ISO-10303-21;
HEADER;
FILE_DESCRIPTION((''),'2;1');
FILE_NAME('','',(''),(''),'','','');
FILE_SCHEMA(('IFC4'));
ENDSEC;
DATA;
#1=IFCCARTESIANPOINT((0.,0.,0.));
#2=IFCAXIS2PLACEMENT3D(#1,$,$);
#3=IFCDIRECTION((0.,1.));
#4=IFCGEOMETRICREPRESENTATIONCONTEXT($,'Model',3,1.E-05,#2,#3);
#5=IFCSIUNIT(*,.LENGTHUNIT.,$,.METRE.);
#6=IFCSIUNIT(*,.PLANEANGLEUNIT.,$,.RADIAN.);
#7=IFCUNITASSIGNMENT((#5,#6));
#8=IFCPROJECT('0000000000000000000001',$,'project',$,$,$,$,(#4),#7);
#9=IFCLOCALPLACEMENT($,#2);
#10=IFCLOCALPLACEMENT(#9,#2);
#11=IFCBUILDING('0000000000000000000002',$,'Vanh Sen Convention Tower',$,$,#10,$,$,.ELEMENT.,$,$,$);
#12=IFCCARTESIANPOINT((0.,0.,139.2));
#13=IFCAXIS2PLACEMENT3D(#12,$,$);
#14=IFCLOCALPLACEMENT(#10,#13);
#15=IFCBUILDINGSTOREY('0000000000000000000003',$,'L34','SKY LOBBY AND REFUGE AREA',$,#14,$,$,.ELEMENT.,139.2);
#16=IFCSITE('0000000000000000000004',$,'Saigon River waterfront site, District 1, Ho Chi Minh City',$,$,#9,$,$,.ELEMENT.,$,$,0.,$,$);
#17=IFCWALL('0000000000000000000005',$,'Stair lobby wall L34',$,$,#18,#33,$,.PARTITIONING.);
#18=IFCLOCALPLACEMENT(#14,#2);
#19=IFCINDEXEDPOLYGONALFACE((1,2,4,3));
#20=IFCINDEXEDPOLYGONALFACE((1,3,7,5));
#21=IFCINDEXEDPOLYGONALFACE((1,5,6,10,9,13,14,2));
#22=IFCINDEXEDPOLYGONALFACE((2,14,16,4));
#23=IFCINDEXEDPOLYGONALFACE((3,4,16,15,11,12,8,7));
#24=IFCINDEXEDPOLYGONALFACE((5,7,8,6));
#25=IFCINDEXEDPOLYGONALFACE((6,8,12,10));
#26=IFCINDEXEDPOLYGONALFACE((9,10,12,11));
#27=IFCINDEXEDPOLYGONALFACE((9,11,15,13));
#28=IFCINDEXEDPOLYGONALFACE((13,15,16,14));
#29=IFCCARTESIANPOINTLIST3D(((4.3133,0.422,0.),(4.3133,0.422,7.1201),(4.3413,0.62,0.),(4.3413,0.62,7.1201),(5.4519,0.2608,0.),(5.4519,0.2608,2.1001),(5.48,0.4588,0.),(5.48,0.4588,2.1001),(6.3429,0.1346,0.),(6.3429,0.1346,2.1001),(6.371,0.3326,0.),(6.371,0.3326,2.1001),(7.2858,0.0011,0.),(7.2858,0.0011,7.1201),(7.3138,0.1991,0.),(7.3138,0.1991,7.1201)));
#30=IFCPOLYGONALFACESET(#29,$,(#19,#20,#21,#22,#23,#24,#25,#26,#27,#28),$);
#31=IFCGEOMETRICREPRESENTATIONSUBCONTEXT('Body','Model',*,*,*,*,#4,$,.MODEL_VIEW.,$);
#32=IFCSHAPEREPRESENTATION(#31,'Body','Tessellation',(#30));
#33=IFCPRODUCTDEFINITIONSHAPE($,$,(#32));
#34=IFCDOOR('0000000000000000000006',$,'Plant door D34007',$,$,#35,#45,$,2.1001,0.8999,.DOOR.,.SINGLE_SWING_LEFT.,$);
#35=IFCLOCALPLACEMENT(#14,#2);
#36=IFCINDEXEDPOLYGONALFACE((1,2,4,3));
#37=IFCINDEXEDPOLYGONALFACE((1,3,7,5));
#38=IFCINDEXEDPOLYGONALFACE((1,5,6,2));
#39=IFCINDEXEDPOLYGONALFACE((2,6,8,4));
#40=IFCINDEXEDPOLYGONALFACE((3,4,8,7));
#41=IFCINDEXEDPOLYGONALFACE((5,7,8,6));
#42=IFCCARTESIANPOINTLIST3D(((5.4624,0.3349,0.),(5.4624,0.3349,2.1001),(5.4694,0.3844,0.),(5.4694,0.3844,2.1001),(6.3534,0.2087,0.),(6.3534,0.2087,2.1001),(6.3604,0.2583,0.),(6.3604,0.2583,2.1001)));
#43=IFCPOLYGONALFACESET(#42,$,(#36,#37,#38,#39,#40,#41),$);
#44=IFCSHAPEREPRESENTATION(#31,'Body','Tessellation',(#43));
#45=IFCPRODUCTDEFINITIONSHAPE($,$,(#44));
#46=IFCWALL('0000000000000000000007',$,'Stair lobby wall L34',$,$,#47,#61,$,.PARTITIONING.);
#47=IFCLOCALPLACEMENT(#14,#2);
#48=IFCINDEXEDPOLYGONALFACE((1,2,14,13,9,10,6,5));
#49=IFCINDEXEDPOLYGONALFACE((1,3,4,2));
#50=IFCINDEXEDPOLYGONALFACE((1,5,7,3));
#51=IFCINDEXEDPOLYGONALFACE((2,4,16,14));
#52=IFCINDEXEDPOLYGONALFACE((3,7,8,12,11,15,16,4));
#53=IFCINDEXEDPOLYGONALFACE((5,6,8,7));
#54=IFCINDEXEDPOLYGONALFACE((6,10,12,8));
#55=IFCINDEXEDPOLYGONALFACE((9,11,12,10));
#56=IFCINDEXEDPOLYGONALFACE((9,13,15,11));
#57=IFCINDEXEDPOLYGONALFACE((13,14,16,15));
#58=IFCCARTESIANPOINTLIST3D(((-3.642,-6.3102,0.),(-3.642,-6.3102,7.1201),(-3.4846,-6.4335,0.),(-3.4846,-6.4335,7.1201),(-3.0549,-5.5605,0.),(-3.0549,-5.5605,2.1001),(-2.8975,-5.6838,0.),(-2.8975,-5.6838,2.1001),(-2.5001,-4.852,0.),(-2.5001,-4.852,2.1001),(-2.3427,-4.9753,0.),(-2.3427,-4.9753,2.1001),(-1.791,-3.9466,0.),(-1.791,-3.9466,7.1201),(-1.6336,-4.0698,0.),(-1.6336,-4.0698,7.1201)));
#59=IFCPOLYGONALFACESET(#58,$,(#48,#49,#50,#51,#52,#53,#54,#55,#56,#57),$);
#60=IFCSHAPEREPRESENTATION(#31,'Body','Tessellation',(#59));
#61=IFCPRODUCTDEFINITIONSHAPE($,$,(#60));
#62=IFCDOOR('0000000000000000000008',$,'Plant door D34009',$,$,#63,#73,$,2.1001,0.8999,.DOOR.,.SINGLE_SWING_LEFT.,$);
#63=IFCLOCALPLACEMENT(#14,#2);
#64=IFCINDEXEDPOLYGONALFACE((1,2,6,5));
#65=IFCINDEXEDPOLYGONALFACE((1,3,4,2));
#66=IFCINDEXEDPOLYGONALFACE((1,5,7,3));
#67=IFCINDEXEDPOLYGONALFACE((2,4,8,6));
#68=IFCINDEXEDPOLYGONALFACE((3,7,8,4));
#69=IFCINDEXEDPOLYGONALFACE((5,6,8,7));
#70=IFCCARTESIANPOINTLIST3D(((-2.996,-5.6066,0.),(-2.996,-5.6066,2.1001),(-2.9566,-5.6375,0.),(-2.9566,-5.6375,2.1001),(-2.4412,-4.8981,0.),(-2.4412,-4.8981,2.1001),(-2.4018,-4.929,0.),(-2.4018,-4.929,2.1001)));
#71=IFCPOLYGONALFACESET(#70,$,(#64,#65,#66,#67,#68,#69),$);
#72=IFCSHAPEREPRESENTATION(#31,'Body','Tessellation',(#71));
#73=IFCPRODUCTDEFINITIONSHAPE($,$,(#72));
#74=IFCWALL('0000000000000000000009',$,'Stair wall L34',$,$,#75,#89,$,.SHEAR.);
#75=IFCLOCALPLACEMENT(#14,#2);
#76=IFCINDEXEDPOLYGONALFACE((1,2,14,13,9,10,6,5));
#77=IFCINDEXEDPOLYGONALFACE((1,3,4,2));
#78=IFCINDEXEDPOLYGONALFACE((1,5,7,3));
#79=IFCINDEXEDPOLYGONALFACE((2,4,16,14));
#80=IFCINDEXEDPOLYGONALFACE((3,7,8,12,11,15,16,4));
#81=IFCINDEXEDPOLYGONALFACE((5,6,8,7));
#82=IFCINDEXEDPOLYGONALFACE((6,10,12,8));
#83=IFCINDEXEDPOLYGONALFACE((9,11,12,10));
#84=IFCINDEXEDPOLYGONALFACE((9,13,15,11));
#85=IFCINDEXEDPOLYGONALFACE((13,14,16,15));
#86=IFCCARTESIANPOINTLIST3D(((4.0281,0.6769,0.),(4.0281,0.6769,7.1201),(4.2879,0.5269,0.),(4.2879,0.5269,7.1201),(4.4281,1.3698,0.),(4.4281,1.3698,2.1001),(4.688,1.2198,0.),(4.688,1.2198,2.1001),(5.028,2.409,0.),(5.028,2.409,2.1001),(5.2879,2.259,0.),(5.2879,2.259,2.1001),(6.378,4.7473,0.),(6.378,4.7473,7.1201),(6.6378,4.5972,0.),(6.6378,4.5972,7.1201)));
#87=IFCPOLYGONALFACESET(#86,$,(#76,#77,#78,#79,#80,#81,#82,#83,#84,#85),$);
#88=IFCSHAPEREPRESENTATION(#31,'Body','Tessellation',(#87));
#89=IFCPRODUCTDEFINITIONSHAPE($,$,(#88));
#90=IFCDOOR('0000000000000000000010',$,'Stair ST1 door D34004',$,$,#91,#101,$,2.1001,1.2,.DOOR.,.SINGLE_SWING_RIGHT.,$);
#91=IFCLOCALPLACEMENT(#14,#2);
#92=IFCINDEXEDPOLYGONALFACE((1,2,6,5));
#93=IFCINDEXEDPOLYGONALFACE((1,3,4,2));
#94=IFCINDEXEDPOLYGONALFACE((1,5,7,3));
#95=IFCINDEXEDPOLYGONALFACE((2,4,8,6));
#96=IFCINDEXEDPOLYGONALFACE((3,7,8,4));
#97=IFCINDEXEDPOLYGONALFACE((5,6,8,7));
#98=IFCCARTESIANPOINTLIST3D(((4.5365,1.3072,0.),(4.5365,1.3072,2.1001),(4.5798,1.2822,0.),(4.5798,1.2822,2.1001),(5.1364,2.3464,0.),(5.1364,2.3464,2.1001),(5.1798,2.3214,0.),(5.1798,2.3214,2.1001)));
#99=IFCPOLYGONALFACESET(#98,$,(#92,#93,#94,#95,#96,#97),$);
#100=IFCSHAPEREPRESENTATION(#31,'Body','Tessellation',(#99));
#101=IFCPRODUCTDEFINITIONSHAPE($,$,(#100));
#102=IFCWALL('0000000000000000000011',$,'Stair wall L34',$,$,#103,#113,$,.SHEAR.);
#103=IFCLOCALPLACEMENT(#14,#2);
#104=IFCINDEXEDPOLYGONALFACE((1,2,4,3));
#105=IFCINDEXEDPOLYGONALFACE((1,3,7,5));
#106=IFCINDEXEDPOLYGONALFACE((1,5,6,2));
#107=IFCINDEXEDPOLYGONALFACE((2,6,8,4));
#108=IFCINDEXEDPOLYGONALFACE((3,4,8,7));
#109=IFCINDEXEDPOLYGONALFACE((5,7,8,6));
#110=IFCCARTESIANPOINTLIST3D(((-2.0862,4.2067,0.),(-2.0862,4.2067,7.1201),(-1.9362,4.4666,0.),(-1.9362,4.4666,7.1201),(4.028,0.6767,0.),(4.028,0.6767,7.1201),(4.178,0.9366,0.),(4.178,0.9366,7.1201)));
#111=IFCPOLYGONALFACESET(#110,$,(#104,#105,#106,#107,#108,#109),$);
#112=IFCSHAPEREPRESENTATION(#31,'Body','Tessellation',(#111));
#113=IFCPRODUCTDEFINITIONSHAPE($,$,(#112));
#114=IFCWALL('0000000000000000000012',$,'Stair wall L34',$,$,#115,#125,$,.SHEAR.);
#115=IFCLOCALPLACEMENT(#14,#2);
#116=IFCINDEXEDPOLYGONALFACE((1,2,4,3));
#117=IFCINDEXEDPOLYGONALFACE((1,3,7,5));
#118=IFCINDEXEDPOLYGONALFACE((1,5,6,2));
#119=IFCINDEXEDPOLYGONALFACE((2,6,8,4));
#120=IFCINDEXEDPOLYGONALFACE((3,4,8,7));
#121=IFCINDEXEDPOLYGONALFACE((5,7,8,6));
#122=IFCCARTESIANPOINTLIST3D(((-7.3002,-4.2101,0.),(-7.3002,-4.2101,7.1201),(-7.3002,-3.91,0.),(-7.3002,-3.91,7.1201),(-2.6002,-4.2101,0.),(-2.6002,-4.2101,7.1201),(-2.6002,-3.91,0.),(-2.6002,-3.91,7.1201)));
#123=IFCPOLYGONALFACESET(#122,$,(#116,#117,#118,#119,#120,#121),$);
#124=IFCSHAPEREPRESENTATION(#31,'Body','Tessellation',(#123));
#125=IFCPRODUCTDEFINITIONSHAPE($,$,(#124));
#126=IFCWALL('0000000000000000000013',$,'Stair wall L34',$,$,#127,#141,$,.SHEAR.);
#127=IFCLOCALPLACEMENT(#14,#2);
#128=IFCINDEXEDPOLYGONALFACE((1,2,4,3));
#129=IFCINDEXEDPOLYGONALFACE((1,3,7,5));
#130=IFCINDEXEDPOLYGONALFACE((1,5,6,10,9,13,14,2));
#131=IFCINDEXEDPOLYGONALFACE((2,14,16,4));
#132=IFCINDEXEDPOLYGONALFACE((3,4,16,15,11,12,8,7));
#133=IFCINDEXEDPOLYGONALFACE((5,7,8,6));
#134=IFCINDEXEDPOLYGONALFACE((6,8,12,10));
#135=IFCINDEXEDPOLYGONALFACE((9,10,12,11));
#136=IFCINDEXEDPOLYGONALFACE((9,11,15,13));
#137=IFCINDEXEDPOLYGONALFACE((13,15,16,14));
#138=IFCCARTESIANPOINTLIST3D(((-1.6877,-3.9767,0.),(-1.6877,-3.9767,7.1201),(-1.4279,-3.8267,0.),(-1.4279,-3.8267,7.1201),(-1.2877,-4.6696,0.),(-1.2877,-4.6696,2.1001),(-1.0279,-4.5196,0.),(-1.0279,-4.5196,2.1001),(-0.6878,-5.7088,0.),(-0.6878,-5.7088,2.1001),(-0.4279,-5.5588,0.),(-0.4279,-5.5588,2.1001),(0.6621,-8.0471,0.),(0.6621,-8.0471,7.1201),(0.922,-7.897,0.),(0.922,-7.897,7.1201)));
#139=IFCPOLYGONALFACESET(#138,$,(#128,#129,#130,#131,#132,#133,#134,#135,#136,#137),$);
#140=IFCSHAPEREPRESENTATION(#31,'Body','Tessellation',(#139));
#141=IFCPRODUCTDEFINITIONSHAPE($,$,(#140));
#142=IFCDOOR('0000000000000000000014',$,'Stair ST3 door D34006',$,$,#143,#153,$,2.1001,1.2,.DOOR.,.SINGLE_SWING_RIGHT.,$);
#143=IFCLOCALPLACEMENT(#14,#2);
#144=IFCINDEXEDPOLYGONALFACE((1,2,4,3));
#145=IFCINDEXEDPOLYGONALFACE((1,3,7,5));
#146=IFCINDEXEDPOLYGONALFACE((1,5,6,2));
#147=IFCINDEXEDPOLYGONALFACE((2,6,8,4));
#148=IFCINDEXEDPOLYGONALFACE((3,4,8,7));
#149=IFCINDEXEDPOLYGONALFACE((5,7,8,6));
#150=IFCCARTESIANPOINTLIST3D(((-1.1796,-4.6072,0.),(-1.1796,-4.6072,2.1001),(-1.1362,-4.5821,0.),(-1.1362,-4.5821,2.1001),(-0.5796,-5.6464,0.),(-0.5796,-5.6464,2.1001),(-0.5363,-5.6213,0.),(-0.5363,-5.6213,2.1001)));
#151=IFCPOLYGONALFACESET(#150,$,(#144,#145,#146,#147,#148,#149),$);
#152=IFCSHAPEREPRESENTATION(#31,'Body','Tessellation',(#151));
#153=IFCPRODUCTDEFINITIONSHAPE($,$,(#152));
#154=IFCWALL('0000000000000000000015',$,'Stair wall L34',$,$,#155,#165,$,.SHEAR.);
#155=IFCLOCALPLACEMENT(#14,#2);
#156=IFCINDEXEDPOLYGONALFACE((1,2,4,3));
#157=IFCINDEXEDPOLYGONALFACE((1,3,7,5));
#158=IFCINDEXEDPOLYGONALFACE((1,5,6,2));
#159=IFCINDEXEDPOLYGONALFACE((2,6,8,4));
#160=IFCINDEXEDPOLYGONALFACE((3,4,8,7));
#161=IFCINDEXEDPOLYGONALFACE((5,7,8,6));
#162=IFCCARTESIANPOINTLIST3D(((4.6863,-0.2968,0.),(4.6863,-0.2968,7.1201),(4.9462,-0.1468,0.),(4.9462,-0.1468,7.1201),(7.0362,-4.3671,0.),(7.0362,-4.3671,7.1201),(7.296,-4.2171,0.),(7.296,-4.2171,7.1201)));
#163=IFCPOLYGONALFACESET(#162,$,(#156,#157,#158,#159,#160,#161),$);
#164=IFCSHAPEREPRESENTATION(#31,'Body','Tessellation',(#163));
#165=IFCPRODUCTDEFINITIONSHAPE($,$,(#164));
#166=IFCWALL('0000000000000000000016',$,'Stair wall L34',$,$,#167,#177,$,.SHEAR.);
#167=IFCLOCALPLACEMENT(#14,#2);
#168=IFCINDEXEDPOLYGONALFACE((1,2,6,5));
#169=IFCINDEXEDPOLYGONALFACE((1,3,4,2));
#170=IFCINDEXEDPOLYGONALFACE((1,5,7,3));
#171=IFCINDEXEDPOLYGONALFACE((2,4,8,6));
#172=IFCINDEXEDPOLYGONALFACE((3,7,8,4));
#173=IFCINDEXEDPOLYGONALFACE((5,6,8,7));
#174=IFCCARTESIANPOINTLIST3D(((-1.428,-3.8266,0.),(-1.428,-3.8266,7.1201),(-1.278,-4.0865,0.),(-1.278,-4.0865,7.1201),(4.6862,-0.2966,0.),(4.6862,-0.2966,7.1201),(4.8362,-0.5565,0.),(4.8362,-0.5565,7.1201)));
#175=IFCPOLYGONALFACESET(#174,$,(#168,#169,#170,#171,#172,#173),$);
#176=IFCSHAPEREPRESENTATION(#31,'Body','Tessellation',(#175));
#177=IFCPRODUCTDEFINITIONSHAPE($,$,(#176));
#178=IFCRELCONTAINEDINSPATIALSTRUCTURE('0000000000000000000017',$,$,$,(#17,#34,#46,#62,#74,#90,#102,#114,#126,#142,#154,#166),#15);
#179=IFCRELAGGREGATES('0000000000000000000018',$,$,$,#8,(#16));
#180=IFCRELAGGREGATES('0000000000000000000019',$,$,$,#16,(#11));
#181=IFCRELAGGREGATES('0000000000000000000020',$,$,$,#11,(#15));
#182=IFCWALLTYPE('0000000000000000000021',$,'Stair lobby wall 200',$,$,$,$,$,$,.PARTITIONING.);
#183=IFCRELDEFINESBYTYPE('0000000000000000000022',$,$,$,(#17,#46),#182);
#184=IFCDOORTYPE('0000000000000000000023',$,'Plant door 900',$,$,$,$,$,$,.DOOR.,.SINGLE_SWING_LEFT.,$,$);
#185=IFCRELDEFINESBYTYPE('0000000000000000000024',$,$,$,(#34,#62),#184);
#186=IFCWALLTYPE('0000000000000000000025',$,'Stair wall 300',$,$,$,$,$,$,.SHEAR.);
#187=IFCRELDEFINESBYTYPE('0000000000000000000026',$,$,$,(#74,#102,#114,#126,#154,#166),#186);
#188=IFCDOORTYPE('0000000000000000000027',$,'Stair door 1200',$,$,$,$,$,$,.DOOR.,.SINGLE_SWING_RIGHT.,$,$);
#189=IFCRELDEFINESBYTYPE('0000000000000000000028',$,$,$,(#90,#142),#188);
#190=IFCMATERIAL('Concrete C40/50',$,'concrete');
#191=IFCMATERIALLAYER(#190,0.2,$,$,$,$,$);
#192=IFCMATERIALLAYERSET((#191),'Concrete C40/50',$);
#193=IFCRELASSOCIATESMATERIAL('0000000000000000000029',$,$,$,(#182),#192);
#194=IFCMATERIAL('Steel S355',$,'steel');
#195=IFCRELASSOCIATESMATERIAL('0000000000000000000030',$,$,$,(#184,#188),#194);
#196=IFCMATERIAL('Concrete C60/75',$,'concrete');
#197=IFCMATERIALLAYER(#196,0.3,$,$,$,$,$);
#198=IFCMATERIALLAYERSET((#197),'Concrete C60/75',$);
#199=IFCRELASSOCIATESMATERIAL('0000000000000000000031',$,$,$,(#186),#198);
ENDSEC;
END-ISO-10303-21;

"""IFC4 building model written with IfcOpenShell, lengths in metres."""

from ifc_helpers import new_model, si_unit, direction, frame, frame_2d, origin, place, context, subcontext, project, spatial, rectangle, extrude, material, layer, layer_set, type_object, element, fill, save


model = new_model("IFC4")

# Units and contexts
model_context = context("Model", 3, precision=1e-05, world=origin(), true_north=direction((0.0, 1.0)))
body_context = subcontext(model_context, "Body", "Model", "MODEL_VIEW")
ifc_project = project(units=[si_unit("LENGTHUNIT", "METRE"), si_unit("PLANEANGLEUNIT", "RADIAN")], contexts=[model_context])

# Site, building, storey
site_placement = place(None, origin())
site = spatial("IfcSite", under=ifc_project, at=site_placement, Name="Saigon River waterfront site, District 1, Ho Chi Minh City", CompositionType="ELEMENT", RefElevation=0.0)
building_placement = place(site_placement, origin())
building = spatial("IfcBuilding", under=site, at=building_placement, Name="Vanh Sen Convention Tower", CompositionType="ELEMENT")
storey_placement = place(building_placement, frame((0.0, 0.0, 139.2)))
storey = spatial("IfcBuildingStorey", under=building, at=storey_placement, Name="L34", Description="SKY LOBBY AND REFUGE AREA", CompositionType="ELEMENT", Elevation=139.2)

# Shared definitions
ifc_material_1 = material(Name="Concrete C40/50", Category="concrete")

# Walls, openings, doors
ifc_layer_1 = layer(ifc_material_1, 0.2)
ifc_layer_set_1 = layer_set([ifc_layer_1], Name="Concrete C40/50")
wall_type_1 = type_object("IfcWallType", Name="Stair lobby wall 200", PredefinedType="PARTITIONING", material=ifc_layer_set_1)
wall_1_placement = place(storey_placement, frame((4.3274, 0.521, 0.0), z_axis=(0.0, 0.0, 1.0), x_axis=(0.990124, -0.140192, 0.0)))
wall_1 = element("IfcWall", 1, at=wall_1_placement, inside=storey, type_object=wall_type_1, Name="Stair lobby wall L34", PredefinedType="PARTITIONING", context=body_context, shape_type="SweptSolid", body=[
    extrude(rectangle(XDim=3.0022, YDim=0.2, at=frame_2d((1.501, 0.0))), origin(), (0.0, 0.0, 1.0), 7.1201),
])
opening_1_placement = place(wall_1_placement, frame((1.1499, 0.0, 0.0)))
opening_1 = element("IfcOpeningElement", 2, at=opening_1_placement, cuts=wall_1, PredefinedType="OPENING", context=body_context, shape_type="SweptSolid", body=[
    extrude(rectangle(XDim=0.8999, YDim=2.1001, at=frame_2d((0.45, 1.05))), frame((0.0, 0.1099, 0.0), z_axis=(0.0, -1.0, 0.0), x_axis=(1.0, 0.0, 0.0)), (0.0, 0.0, 1.0), 0.22),
])
ifc_material_2 = material(Name="Steel S355", Category="steel")
door_type_1 = type_object("IfcDoorType", Name="Plant door 900", OperationType="SINGLE_SWING_LEFT", PredefinedType="DOOR", material=ifc_material_2)
door_1_placement = place(opening_1_placement, origin())
door_1 = element("IfcDoor", 3, at=door_1_placement, inside=storey, type_object=door_type_1, Name="Plant door D34007", OperationType="SINGLE_SWING_LEFT", OverallHeight=2.1001, OverallWidth=0.8999, PredefinedType="DOOR", context=body_context, shape_type="SweptSolid", body=[
    extrude(rectangle(XDim=0.8999, YDim=2.1001, at=frame_2d((0.45, 1.05))), frame((0.0, 0.0249, 0.0), z_axis=(0.0, -1.0, 0.0), x_axis=(1.0, 0.0, 0.0)), (0.0, 0.0, 1.0), 0.05),
])
fill(opening_1, door_1)
wall_2_placement = place(storey_placement, frame((-1.7124, -4.0083, 0.0), z_axis=(0.0, 0.0, 1.0), x_axis=(-0.616549, -0.787316, 0.0)))
wall_2 = element("IfcWall", 4, at=wall_2_placement, inside=storey, type_object=wall_type_1, Name="Stair lobby wall L34", PredefinedType="PARTITIONING", context=body_context, shape_type="SweptSolid", body=[
    extrude(rectangle(XDim=3.0022, YDim=0.2, at=frame_2d((1.501, 0.0))), origin(), (0.0, 0.0, 1.0), 7.1201),
])
opening_2_placement = place(wall_2_placement, frame((1.1499, 0.0, 0.0)))
opening_2 = element("IfcOpeningElement", 5, at=opening_2_placement, cuts=wall_2, PredefinedType="OPENING", context=body_context, shape_type="SweptSolid", body=[
    extrude(rectangle(XDim=0.8999, YDim=2.1001, at=frame_2d((0.45, 1.05))), frame((0.0, 0.1099, 0.0), z_axis=(0.0, -1.0, 0.0), x_axis=(1.0, 0.0, 0.0)), (0.0, 0.0, 1.0), 0.22),
])
door_2_placement = place(opening_2_placement, origin())
door_2 = element("IfcDoor", 6, at=door_2_placement, inside=storey, type_object=door_type_1, Name="Plant door D34009", OperationType="SINGLE_SWING_LEFT", OverallHeight=2.1001, OverallWidth=0.8999, PredefinedType="DOOR", context=body_context, shape_type="SweptSolid", body=[
    extrude(rectangle(XDim=0.8999, YDim=2.1001, at=frame_2d((0.45, 1.05))), frame((0.0, 0.0249, 0.0), z_axis=(0.0, -1.0, 0.0), x_axis=(1.0, 0.0, 0.0)), (0.0, 0.0, 1.0), 0.05),
])
fill(opening_2, door_2)
ifc_material_3 = material(Name="Concrete C60/75", Category="concrete")
ifc_layer_2 = layer(ifc_material_3, 0.3)
ifc_layer_set_2 = layer_set([ifc_layer_2], Name="Concrete C60/75")
wall_type_2 = type_object("IfcWallType", Name="Stair wall 300", PredefinedType="SHEAR", material=ifc_layer_set_2)
wall_3_placement = place(storey_placement, frame((4.158, 0.6018, 0.0), z_axis=(0.0, 0.0, 1.0), x_axis=(0.499977, 0.866039, 0.0)))
wall_3 = element("IfcWall", 7, at=wall_3_placement, inside=storey, type_object=wall_type_2, Name="Stair wall L34", PredefinedType="SHEAR", context=body_context, shape_type="SweptSolid", body=[
    extrude(rectangle(XDim=4.7, YDim=0.3, at=frame_2d((2.3501, 0.0))), origin(), (0.0, 0.0, 1.0), 7.1201),
])
opening_3_placement = place(wall_3_placement, frame((0.8, 0.0, 0.0)))
opening_3 = element("IfcOpeningElement", 8, at=opening_3_placement, cuts=wall_3, PredefinedType="OPENING", context=body_context, shape_type="SweptSolid", body=[
    extrude(rectangle(XDim=1.2, YDim=2.1001, at=frame_2d((0.6001, 1.05))), frame((0.0, 0.1599, 0.0), z_axis=(0.0, -1.0, 0.0), x_axis=(1.0, 0.0, 0.0)), (0.0, 0.0, 1.0), 0.3201),
])
door_type_2 = type_object("IfcDoorType", Name="Stair door 1200", OperationType="SINGLE_SWING_RIGHT", PredefinedType="DOOR", material=ifc_material_2)
door_3_placement = place(opening_3_placement, origin())
door_3 = element("IfcDoor", 9, at=door_3_placement, inside=storey, type_object=door_type_2, Name="Stair ST1 door D34004", OperationType="SINGLE_SWING_RIGHT", OverallHeight=2.1001, OverallWidth=1.2, PredefinedType="DOOR", context=body_context, shape_type="SweptSolid", body=[
    extrude(rectangle(XDim=1.2, YDim=2.1001, at=frame_2d((0.6001, 1.05))), frame((0.0, 0.0249, 0.0), z_axis=(0.0, -1.0, 0.0), x_axis=(1.0, 0.0, 0.0)), (0.0, 0.0, 1.0), 0.05),
])
fill(opening_3, door_3)

# Walls
wall_4_placement = place(storey_placement, frame((4.103, 0.8066, 0.0), z_axis=(0.0, 0.0, 1.0), x_axis=(-0.866028, 0.499996, 0.0)))
element("IfcWall", 10, at=wall_4_placement, inside=storey, type_object=wall_type_2, Name="Stair wall L34", PredefinedType="SHEAR", context=body_context, shape_type="SweptSolid", body=[
    extrude(rectangle(XDim=7.0601, YDim=0.3, at=frame_2d((3.53, 0.0))), origin(), (0.0, 0.0, 1.0), 7.1201),
])
wall_5_placement = place(storey_placement, frame((-2.6001, -4.0601, 0.0), z_axis=(0.0, 0.0, 1.0), x_axis=(-1.0, 0.0, 0.0)))
element("IfcWall", 11, at=wall_5_placement, inside=storey, type_object=wall_type_2, Name="Stair wall L34", PredefinedType="SHEAR", context=body_context, shape_type="SweptSolid", body=[
    extrude(rectangle(XDim=4.7, YDim=0.3, at=frame_2d((2.3501, 0.0))), origin(), (0.0, 0.0, 1.0), 7.1201),
])

# Wall, opening, door
wall_6_placement = place(storey_placement, frame((-1.5579, -3.9016, 0.0), z_axis=(0.0, 0.0, 1.0), x_axis=(0.499977, -0.866039, 0.0)))
wall_6 = element("IfcWall", 12, at=wall_6_placement, inside=storey, type_object=wall_type_2, Name="Stair wall L34", PredefinedType="SHEAR", context=body_context, shape_type="SweptSolid", body=[
    extrude(rectangle(XDim=4.7, YDim=0.3, at=frame_2d((2.3501, 0.0))), origin(), (0.0, 0.0, 1.0), 7.1201),
])
opening_4_placement = place(wall_6_placement, frame((0.8, 0.0, 0.0)))
opening_4 = element("IfcOpeningElement", 13, at=opening_4_placement, cuts=wall_6, PredefinedType="OPENING", context=body_context, shape_type="SweptSolid", body=[
    extrude(rectangle(XDim=1.2, YDim=2.1001, at=frame_2d((0.6001, 1.05))), frame((0.0, 0.1599, 0.0), z_axis=(0.0, -1.0, 0.0), x_axis=(1.0, 0.0, 0.0)), (0.0, 0.0, 1.0), 0.3201),
])
door_4_placement = place(opening_4_placement, origin())
door_4 = element("IfcDoor", 14, at=door_4_placement, inside=storey, type_object=door_type_2, Name="Stair ST3 door D34006", OperationType="SINGLE_SWING_RIGHT", OverallHeight=2.1001, OverallWidth=1.2, PredefinedType="DOOR", context=body_context, shape_type="SweptSolid", body=[
    extrude(rectangle(XDim=1.2, YDim=2.1001, at=frame_2d((0.6001, 1.05))), frame((0.0, 0.0249, 0.0), z_axis=(0.0, -1.0, 0.0), x_axis=(1.0, 0.0, 0.0)), (0.0, 0.0, 1.0), 0.05),
])
fill(opening_4, door_4)

# Walls
wall_7_placement = place(storey_placement, frame((4.8162, -0.2217, 0.0), z_axis=(0.0, 0.0, 1.0), x_axis=(0.499977, -0.866039, 0.0)))
element("IfcWall", 15, at=wall_7_placement, inside=storey, type_object=wall_type_2, Name="Stair wall L34", PredefinedType="SHEAR", context=body_context, shape_type="SweptSolid", body=[
    extrude(rectangle(XDim=4.7, YDim=0.3, at=frame_2d((2.3501, 0.0))), origin(), (0.0, 0.0, 1.0), 7.1201),
])
wall_8_placement = place(storey_placement, frame((-1.353, -3.9565, 0.0), z_axis=(0.0, 0.0, 1.0), x_axis=(0.866028, 0.499996, 0.0)))
element("IfcWall", 16, at=wall_8_placement, inside=storey, type_object=wall_type_2, Name="Stair wall L34", PredefinedType="SHEAR", context=body_context, shape_type="SweptSolid", body=[
    extrude(rectangle(XDim=7.0601, YDim=0.3, at=frame_2d((3.53, 0.0))), origin(), (0.0, 0.0, 1.0), 7.1201),
])

save(model, "model.ifc")
